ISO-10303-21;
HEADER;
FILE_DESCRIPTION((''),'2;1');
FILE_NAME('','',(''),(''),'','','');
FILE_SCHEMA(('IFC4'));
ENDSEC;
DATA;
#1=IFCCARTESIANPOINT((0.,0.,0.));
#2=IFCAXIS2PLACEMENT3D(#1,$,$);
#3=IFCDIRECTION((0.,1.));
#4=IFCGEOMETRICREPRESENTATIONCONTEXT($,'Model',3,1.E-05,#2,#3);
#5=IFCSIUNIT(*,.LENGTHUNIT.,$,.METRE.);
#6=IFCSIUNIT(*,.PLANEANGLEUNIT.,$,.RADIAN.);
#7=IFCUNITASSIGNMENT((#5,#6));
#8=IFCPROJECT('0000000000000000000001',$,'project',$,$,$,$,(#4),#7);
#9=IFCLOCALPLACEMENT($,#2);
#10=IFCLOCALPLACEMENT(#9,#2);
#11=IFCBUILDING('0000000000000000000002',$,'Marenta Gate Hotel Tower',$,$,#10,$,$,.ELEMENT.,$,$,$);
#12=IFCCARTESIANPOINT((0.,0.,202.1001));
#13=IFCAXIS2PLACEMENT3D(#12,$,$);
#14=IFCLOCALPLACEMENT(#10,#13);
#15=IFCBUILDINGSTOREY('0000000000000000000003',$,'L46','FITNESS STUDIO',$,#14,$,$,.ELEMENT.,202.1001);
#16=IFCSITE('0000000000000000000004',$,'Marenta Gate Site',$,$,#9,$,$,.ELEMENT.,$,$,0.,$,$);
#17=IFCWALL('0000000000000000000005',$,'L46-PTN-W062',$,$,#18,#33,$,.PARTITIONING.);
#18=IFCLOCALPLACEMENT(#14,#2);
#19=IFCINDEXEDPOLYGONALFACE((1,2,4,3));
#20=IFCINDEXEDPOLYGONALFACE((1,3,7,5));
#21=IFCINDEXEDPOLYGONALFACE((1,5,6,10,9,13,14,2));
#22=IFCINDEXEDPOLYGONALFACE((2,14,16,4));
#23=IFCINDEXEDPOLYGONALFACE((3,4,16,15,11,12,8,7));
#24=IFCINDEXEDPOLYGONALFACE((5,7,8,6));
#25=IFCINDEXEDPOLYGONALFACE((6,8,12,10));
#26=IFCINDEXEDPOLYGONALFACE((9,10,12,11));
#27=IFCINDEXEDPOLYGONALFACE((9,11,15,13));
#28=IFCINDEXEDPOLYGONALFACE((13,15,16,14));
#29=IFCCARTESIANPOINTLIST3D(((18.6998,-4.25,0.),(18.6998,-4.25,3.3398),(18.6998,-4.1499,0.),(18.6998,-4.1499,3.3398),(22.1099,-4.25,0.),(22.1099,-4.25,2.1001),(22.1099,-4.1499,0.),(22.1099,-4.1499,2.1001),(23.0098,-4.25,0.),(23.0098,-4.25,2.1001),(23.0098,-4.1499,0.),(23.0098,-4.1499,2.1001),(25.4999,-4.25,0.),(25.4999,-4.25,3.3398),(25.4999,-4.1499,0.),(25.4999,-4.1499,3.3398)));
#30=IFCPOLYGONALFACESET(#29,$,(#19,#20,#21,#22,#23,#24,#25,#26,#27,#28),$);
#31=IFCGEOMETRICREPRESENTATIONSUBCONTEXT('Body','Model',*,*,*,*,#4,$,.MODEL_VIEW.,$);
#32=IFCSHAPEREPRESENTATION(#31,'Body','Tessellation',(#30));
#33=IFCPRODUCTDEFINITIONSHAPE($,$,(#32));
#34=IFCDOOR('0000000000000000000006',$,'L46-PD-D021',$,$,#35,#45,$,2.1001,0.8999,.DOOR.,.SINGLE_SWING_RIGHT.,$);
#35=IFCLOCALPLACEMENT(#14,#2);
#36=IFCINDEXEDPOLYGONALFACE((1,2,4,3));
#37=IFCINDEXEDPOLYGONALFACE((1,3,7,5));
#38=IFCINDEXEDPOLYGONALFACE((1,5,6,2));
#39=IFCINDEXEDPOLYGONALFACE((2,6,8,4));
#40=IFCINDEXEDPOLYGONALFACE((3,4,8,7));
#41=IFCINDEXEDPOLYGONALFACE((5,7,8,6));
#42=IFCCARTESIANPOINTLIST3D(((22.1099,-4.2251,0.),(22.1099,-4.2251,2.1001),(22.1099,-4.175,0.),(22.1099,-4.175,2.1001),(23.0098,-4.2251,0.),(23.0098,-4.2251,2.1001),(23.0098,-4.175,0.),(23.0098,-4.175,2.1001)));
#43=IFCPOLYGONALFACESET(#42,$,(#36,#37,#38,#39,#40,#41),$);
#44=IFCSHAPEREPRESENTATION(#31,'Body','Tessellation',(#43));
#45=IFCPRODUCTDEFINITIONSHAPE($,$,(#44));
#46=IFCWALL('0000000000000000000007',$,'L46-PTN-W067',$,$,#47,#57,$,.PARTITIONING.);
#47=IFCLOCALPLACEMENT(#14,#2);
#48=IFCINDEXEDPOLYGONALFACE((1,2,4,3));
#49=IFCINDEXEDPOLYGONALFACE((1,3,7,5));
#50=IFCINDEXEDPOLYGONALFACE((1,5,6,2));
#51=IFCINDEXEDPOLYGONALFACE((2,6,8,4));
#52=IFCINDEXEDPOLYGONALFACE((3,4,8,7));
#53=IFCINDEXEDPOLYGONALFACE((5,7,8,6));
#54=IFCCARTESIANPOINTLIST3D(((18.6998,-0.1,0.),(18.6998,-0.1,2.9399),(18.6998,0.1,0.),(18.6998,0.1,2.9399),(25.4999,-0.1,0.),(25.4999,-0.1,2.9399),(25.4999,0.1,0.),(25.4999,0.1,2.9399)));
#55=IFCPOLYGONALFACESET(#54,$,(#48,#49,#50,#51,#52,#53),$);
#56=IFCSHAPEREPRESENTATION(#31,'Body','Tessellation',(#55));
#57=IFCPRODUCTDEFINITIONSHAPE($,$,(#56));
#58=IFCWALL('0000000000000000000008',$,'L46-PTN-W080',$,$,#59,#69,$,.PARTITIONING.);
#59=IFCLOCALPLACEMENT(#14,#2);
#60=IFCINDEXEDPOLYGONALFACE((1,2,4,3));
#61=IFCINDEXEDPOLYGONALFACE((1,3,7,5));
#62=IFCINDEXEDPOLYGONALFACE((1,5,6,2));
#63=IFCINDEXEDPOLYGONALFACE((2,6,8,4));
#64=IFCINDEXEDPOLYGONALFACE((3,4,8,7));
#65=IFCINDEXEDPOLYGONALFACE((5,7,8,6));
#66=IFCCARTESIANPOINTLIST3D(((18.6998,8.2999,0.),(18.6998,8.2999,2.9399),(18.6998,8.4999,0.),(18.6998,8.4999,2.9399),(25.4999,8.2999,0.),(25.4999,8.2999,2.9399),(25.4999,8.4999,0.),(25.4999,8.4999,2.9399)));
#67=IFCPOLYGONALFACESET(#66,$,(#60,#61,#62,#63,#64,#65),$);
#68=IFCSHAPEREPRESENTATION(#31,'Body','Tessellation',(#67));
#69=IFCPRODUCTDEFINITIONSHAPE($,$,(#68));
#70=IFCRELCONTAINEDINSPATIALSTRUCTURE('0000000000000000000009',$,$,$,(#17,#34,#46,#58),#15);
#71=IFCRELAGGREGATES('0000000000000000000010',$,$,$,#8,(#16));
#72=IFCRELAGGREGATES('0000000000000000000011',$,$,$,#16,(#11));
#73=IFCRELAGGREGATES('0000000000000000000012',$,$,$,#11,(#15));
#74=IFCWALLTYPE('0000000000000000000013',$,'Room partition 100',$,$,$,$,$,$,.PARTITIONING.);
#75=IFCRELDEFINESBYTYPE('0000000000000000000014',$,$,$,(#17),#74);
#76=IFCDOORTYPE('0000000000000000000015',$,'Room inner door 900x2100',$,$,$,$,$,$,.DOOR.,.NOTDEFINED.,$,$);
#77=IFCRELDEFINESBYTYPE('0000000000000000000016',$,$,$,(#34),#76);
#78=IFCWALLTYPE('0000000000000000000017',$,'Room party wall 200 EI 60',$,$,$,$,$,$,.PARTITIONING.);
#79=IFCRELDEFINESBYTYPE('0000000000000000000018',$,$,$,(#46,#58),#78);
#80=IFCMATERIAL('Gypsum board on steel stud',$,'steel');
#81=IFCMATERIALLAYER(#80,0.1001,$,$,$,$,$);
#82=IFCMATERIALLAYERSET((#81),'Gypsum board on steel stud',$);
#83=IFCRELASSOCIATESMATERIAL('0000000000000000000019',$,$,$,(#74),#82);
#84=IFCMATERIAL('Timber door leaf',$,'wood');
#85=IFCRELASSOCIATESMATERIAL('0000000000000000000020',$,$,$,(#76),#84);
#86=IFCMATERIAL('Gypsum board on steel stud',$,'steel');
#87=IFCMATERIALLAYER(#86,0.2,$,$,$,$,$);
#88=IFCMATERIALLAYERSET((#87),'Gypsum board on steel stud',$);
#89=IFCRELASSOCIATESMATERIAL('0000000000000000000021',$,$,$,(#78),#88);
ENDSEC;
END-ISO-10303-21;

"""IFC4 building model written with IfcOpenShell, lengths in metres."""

from ifc_helpers import new_model, si_unit, direction, frame, frame_2d, origin, place, context, subcontext, project, spatial, rectangle, extrude, material, layer, layer_set, type_object, element, fill, save


model = new_model("IFC4")

# Units and contexts
model_context = context("Model", 3, precision=1e-05, world=origin(), true_north=direction((0.0, 1.0)))
body_context = subcontext(model_context, "Body", "Model", "MODEL_VIEW")
ifc_project = project(units=[si_unit("LENGTHUNIT", "METRE"), si_unit("PLANEANGLEUNIT", "RADIAN")], contexts=[model_context])

# Site, building, storey
site_placement = place(None, origin())
site = spatial("IfcSite", under=ifc_project, at=site_placement, Name="Marenta Gate Site", CompositionType="ELEMENT", RefElevation=0.0)
building_placement = place(site_placement, origin())
building = spatial("IfcBuilding", under=site, at=building_placement, Name="Marenta Gate Hotel Tower", CompositionType="ELEMENT")
storey_placement = place(building_placement, frame((0.0, 0.0, 202.1001)))
storey = spatial("IfcBuildingStorey", under=building, at=storey_placement, Name="L46", Description="FITNESS STUDIO", CompositionType="ELEMENT", Elevation=202.1001)

# Wall, opening, door
ifc_material_1 = material(Name="Gypsum board on steel stud", Category="steel")
ifc_layer_1 = layer(ifc_material_1, 0.1001)
ifc_layer_set_1 = layer_set([ifc_layer_1], Name="Gypsum board on steel stud")
wall_type_1 = type_object("IfcWallType", Name="Room partition 100", PredefinedType="PARTITIONING", material=ifc_layer_set_1)
wall_1_placement = place(storey_placement, frame((18.7, -4.2, 0.0), z_axis=(0.0, 0.0, 1.0), x_axis=(1.0, 0.0, 0.0)))
wall_1 = element("IfcWall", 1, at=wall_1_placement, inside=storey, type_object=wall_type_1, Name="L46-PTN-W062", PredefinedType="PARTITIONING", context=body_context, shape_type="SweptSolid", body=[
    extrude(rectangle(XDim=6.8, YDim=0.1001, at=frame_2d((3.3999, 0.0))), origin(), (0.0, 0.0, 1.0), 3.3398),
])
opening_1_placement = place(wall_1_placement, frame((3.4099, 0.0, 0.0)))
opening_1 = element("IfcOpeningElement", 2, at=opening_1_placement, cuts=wall_1, PredefinedType="OPENING", context=body_context, shape_type="SweptSolid", body=[
    extrude(rectangle(XDim=0.8999, YDim=2.1001, at=frame_2d((0.45, 1.05))), frame((0.0, 0.05, 0.0), z_axis=(0.0, -1.0, 0.0), x_axis=(1.0, 0.0, 0.0)), (0.0, 0.0, 1.0), 0.1001),
])
ifc_material_2 = material(Name="Timber door leaf", Category="wood")
door_type_1 = type_object("IfcDoorType", Name="Room inner door 900x2100", OperationType="NOTDEFINED", PredefinedType="DOOR", material=ifc_material_2)
door_1_placement = place(opening_1_placement, origin())
door_1 = element("IfcDoor", 3, at=door_1_placement, inside=storey, type_object=door_type_1, Name="L46-PD-D021", OperationType="SINGLE_SWING_RIGHT", OverallHeight=2.1001, OverallWidth=0.8999, PredefinedType="DOOR", context=body_context, shape_type="SweptSolid", body=[
    extrude(rectangle(XDim=0.8999, YDim=2.1001, at=frame_2d((0.45, 1.05))), frame((0.0, 0.0249, 0.0), z_axis=(0.0, -1.0, 0.0), x_axis=(1.0, 0.0, 0.0)), (0.0, 0.0, 1.0), 0.05),
])
fill(opening_1, door_1)

# Walls
ifc_material_3 = material(Name="Gypsum board on steel stud", Category="steel")
ifc_layer_2 = layer(ifc_material_3, 0.2)
ifc_layer_set_2 = layer_set([ifc_layer_2], Name="Gypsum board on steel stud")
wall_type_2 = type_object("IfcWallType", Name="Room party wall 200 EI 60", PredefinedType="PARTITIONING", material=ifc_layer_set_2)
for number, where, z_axis, x_axis, name in (
    (4, (18.7, 0.0, 0.0), (0.0, 0.0, 1.0), (1.0, 0.0, 0.0), "L46-PTN-W067"),
    (5, (18.7, 8.3999, 0.0), (0.0, 0.0, 1.0), (1.0, 0.0, 0.0), "L46-PTN-W080"),
):
    element("IfcWall", number, at=place(storey_placement, frame(where, z_axis=z_axis, x_axis=x_axis)), inside=storey, type_object=wall_type_2, Name=name, PredefinedType="PARTITIONING", context=body_context, shape_type="SweptSolid", body=[
        extrude(rectangle(XDim=6.8, YDim=0.2, at=frame_2d((3.3999, 0.0))), origin(), (0.0, 0.0, 1.0), 2.9399),
    ])

save(model, "model.ifc")
